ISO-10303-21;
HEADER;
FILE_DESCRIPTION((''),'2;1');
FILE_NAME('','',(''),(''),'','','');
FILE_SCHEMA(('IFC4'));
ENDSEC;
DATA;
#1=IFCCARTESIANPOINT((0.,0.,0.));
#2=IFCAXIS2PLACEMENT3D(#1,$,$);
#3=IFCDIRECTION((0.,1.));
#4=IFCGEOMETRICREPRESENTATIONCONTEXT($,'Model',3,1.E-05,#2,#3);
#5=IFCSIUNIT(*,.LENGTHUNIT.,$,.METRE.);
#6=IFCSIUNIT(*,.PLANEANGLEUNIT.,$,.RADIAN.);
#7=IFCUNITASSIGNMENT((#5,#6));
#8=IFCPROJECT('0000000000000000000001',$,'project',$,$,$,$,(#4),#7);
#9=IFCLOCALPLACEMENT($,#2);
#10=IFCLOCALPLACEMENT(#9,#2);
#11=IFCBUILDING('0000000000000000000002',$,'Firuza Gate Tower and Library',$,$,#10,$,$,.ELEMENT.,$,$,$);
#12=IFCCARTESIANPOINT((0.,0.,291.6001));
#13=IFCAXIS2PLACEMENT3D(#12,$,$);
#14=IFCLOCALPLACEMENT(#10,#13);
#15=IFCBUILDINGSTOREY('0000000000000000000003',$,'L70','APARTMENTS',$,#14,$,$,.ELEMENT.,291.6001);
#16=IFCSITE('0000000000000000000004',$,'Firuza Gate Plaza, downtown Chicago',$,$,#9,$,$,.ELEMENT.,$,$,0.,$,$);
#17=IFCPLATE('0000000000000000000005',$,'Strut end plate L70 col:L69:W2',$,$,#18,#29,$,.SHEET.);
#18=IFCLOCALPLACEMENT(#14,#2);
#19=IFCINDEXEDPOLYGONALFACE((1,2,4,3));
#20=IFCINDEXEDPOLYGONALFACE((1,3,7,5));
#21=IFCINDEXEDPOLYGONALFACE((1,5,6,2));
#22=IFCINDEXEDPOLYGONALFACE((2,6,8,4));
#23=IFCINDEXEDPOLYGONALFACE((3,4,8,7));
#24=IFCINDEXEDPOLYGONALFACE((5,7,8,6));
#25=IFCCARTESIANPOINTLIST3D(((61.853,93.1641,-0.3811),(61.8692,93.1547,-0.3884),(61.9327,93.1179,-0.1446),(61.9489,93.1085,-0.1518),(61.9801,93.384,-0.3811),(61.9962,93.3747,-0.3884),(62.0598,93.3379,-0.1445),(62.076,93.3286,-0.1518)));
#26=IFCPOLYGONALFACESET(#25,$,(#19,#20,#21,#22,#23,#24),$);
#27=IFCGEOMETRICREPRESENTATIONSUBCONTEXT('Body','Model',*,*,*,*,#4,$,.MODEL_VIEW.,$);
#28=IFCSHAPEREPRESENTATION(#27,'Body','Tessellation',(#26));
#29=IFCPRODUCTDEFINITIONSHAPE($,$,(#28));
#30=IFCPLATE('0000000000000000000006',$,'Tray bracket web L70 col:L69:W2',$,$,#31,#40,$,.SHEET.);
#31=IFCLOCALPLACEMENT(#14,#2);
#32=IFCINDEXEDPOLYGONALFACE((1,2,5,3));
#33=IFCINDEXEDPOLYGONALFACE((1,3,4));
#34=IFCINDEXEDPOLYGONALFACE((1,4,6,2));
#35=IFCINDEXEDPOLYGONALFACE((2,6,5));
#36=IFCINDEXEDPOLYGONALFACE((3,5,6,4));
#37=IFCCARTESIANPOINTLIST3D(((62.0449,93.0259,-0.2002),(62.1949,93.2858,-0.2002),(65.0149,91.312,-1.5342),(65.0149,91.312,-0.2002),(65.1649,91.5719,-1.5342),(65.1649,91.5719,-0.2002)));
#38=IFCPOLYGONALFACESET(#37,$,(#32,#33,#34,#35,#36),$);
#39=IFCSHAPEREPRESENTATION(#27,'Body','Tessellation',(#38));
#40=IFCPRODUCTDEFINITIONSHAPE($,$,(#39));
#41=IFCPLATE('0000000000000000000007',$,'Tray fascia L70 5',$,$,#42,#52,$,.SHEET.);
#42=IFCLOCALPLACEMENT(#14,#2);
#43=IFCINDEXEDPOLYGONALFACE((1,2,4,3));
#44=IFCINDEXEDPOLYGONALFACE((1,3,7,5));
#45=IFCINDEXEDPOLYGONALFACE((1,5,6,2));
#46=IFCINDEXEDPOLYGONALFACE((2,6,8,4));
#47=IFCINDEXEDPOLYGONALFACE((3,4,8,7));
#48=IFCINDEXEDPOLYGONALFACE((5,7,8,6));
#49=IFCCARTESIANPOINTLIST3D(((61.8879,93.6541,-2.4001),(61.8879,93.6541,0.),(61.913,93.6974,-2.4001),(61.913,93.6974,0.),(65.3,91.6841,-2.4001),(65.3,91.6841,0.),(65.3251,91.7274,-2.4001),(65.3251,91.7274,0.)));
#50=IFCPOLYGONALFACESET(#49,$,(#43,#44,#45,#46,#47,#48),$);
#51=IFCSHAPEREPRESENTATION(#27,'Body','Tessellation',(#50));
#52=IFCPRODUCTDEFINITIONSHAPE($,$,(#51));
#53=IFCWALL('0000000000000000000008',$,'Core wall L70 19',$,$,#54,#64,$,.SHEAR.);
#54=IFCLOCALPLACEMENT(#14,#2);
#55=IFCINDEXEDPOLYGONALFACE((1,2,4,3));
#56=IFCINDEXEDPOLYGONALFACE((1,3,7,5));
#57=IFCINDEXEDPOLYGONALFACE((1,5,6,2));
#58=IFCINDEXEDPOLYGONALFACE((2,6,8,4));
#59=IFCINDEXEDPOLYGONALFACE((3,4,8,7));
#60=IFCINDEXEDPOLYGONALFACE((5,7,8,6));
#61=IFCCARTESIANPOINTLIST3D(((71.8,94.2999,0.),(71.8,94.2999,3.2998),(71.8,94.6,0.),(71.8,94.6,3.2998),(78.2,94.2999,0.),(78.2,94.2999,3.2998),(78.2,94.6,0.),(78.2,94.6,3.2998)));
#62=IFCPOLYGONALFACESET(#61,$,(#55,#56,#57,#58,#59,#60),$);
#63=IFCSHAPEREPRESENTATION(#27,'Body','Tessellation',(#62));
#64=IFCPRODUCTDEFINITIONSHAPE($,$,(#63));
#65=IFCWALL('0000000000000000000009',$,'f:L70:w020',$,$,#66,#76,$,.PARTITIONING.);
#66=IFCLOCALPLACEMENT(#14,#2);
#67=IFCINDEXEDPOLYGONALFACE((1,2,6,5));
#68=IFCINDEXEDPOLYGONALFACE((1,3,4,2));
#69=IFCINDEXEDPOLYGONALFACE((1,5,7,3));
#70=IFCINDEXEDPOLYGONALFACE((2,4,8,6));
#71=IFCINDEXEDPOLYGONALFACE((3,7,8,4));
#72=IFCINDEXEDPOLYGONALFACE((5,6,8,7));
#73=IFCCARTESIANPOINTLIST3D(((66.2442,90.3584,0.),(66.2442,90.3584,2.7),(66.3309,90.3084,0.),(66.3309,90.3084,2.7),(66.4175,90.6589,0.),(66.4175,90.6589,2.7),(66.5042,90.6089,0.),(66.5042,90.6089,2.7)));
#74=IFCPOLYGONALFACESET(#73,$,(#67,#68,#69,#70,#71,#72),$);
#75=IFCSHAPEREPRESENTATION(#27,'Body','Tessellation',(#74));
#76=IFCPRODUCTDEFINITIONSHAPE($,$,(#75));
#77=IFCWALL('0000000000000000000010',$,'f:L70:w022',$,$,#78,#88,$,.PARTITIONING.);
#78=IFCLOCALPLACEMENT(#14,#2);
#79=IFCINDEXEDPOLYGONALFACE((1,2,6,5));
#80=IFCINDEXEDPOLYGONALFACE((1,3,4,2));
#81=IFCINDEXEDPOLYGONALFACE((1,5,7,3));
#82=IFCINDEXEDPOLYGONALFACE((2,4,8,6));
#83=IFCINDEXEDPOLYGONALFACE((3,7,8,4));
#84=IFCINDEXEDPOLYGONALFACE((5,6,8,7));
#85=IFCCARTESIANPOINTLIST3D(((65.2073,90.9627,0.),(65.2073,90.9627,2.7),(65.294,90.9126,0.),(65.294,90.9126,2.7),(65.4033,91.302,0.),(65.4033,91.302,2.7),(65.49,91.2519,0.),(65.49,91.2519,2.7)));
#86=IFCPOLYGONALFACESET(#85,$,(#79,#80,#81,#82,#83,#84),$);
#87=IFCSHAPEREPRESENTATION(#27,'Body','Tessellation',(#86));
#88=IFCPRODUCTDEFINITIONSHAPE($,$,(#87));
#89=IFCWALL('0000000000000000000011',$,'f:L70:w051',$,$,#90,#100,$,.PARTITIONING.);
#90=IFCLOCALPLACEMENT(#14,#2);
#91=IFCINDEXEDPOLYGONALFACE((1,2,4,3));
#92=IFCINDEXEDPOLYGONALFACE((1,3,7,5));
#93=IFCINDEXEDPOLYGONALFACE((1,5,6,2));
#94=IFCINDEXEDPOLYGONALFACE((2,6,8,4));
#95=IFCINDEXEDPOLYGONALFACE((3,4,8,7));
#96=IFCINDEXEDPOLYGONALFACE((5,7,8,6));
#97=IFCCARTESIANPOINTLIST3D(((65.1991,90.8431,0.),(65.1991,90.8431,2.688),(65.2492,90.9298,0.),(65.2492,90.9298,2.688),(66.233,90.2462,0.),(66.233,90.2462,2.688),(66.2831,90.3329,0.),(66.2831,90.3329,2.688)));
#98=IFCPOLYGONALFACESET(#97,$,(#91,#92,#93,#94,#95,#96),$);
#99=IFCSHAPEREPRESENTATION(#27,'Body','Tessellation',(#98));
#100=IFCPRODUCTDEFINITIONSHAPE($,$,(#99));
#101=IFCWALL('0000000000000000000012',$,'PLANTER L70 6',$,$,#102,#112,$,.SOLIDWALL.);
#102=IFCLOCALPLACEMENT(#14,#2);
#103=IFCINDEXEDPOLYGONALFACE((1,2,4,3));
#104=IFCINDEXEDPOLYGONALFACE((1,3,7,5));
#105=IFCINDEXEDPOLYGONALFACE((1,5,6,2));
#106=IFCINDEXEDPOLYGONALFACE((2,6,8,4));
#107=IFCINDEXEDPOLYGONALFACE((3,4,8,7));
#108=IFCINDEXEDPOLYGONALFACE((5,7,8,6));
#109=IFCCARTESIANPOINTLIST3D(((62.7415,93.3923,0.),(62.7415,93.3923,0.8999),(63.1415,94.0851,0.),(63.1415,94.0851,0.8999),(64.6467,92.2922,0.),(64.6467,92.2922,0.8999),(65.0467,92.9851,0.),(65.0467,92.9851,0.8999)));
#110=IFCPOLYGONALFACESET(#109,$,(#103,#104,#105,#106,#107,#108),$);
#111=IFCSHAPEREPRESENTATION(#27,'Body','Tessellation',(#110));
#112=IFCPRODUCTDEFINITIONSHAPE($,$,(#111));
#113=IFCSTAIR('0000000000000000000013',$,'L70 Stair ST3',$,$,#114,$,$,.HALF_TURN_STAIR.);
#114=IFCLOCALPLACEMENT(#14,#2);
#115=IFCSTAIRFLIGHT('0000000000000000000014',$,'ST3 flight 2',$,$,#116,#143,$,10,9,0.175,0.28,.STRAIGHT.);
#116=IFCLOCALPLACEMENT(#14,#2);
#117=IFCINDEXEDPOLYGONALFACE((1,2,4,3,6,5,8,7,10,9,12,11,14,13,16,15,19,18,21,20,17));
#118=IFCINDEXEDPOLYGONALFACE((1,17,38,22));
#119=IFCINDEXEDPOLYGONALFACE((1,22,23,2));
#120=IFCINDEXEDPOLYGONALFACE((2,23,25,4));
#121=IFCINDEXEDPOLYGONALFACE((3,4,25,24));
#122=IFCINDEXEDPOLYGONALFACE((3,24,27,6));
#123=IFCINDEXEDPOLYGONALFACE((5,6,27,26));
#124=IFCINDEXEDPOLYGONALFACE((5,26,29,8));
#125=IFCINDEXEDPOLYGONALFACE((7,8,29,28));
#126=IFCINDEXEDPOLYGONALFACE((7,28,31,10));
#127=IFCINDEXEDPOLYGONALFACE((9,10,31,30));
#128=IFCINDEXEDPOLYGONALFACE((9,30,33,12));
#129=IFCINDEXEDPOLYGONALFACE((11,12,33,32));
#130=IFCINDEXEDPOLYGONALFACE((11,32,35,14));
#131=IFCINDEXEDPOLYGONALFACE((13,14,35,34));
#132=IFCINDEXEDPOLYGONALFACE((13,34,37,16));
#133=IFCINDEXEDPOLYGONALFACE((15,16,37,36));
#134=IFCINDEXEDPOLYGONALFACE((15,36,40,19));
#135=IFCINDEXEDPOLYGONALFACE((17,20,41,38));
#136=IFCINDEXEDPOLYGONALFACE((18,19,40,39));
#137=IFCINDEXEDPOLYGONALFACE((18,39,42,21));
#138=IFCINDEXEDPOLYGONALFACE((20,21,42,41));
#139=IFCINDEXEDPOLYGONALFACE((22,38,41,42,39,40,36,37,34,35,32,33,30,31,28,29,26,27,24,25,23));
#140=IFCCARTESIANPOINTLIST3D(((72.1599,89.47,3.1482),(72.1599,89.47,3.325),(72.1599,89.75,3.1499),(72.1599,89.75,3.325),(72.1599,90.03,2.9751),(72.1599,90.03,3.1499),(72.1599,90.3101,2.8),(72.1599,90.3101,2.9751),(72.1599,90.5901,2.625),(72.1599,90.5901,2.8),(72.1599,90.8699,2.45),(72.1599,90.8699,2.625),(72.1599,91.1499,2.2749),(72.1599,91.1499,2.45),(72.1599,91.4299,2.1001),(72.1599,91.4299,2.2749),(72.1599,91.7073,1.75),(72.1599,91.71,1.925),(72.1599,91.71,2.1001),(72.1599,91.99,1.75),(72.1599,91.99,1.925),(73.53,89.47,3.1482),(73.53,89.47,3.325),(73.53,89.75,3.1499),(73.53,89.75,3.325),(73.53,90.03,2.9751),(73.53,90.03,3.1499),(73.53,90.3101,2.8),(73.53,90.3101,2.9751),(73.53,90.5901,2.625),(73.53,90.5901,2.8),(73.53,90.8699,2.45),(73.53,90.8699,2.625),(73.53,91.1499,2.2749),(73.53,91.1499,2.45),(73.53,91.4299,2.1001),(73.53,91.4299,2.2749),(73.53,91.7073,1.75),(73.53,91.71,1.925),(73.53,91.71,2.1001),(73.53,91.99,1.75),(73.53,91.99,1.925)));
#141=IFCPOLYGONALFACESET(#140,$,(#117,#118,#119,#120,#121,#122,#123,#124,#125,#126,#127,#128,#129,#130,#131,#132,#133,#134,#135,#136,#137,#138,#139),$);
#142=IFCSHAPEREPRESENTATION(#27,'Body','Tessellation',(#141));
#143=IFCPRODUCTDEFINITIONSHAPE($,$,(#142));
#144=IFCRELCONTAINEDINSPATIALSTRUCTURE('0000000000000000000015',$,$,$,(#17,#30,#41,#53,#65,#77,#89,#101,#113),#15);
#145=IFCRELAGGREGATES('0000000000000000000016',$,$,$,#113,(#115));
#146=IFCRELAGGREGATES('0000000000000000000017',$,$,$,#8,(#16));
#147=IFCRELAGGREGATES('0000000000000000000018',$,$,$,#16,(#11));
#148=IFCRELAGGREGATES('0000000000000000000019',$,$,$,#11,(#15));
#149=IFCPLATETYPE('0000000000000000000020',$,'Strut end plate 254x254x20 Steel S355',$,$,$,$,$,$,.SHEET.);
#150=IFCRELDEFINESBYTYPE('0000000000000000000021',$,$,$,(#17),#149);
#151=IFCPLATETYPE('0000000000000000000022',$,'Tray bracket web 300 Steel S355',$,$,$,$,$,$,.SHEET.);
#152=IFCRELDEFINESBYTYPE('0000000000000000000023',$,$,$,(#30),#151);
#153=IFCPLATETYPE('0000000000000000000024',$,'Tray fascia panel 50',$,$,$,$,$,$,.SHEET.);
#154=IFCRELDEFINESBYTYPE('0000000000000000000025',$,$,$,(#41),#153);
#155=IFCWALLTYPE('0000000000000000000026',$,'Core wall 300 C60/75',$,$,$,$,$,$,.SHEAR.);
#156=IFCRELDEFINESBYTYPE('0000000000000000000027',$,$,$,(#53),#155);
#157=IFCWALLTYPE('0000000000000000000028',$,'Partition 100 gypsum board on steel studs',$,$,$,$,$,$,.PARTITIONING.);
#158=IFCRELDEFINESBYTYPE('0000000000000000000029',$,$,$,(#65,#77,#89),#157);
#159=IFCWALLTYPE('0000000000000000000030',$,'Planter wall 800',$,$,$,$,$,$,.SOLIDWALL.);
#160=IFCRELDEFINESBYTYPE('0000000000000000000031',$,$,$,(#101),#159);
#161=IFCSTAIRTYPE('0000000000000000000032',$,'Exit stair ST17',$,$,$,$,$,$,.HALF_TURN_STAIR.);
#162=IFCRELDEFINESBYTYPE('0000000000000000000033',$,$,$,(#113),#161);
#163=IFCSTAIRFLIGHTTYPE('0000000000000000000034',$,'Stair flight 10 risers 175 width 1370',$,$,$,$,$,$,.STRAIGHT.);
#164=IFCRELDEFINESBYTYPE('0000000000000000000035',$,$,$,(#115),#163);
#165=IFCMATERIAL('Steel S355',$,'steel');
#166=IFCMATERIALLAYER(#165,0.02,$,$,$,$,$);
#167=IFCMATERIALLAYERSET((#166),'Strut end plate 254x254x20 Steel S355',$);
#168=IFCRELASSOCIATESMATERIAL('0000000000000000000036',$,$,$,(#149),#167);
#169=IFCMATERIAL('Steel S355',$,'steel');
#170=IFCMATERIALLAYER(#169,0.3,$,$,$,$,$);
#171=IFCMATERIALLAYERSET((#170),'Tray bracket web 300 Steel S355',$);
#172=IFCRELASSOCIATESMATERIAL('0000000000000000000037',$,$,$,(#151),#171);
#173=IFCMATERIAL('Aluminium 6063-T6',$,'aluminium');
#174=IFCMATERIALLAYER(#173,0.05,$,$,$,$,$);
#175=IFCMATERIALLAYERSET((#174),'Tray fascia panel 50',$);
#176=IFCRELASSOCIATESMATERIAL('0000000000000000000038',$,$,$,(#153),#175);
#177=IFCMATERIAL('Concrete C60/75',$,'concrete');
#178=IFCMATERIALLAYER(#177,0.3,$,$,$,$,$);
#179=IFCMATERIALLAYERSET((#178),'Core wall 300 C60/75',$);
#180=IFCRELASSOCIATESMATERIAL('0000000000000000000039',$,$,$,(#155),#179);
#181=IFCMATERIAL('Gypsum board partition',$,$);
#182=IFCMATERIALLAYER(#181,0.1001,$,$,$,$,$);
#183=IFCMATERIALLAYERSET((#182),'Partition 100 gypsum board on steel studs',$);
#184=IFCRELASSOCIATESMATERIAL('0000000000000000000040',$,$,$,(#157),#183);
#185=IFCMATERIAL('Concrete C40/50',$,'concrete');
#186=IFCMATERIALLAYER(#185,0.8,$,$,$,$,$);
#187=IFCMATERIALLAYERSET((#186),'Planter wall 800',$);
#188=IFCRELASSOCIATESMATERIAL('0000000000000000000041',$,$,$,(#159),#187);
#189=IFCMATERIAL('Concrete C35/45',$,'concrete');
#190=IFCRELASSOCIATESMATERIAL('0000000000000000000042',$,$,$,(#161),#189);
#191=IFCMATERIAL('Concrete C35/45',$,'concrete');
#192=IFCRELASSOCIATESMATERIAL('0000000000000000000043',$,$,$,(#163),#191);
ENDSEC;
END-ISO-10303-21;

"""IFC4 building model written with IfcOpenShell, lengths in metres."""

from ifc_helpers import new_model, si_unit, direction, frame, frame_2d, origin, place, context, subcontext, project, spatial, polyline, rectangle, outline, extrude, material, layer, layer_set, type_object, element, aggregate, save


model = new_model("IFC4")

# Units and contexts
model_context = context("Model", 3, precision=1e-05, world=origin(), true_north=direction((0.0, 1.0)))
body_context = subcontext(model_context, "Body", "Model", "MODEL_VIEW")
ifc_project = project(units=[si_unit("LENGTHUNIT", "METRE"), si_unit("PLANEANGLEUNIT", "RADIAN")], contexts=[model_context])

# Site, building, storey
site_placement = place(None, origin())
site = spatial("IfcSite", under=ifc_project, at=site_placement, Name="Firuza Gate Plaza, downtown Chicago", CompositionType="ELEMENT", RefElevation=0.0)
building_placement = place(site_placement, origin())
building = spatial("IfcBuilding", under=site, at=building_placement, Name="Firuza Gate Tower and Library", CompositionType="ELEMENT")
storey_placement = place(building_placement, frame((0.0, 0.0, 291.6001)))
storey = spatial("IfcBuildingStorey", under=building, at=storey_placement, Name="L70", Description="APARTMENTS", CompositionType="ELEMENT", Elevation=291.6001)

# Shared definitions
placement = place(storey_placement, origin())

# Plates
ifc_material_1 = material(Name="Steel S355", Category="steel")
ifc_layer_1 = layer(ifc_material_1, 0.02)
ifc_layer_set_1 = layer_set([ifc_layer_1], Name="Strut end plate 254x254x20 Steel S355")
plate_type_1 = type_object("IfcPlateType", Name="Strut end plate 254x254x20 Steel S355", PredefinedType="SHEET", material=ifc_layer_set_1)
plate_1_placement = place(storey_placement, frame((62.0598, 93.3379, -0.1445), z_axis=(-0.806901, 0.46614, 0.3628), x_axis=(-0.500269, -0.86587, -0.000141)))
element("IfcPlate", 1, at=plate_1_placement, inside=storey, type_object=plate_type_1, Name="Strut end plate L70 col:L69:W2", PredefinedType="SHEET", context=body_context, shape_type="SweptSolid", body=[
    extrude(outline(polyline([(0.0, 0.0), (0.2541, 0.0), (0.254, -0.2538), (0.0, -0.2539), (0.0, 0.0)])), origin(), (0.0, 0.0, -1.0), 0.02),
])
ifc_material_2 = material(Name="Steel S355", Category="steel")
ifc_layer_2 = layer(ifc_material_2, 0.3)
ifc_layer_set_2 = layer_set([ifc_layer_2], Name="Tray bracket web 300 Steel S355")
plate_type_2 = type_object("IfcPlateType", Name="Tray bracket web 300 Steel S355", PredefinedType="SHEET", material=ifc_layer_set_2)
plate_2_placement = place(storey_placement, frame((65.0149, 91.312, -0.2002), z_axis=(-0.499815, -0.866132, 0.0), x_axis=(-0.866132, 0.499815, 0.0)))
element("IfcPlate", 2, at=plate_2_placement, inside=storey, type_object=plate_type_2, Name="Tray bracket web L70 col:L69:W2", PredefinedType="SHEET", context=body_context, shape_type="SweptSolid", body=[
    extrude(outline(polyline([(0.0, 0.0), (3.429, 0.0), (0.0, 1.334), (0.0, 0.0)])), origin(), (0.0, 0.0, -1.0), 0.3),
])
ifc_material_3 = material(Name="Aluminium 6063-T6", Category="aluminium")
ifc_layer_3 = layer(ifc_material_3, 0.05)
ifc_layer_set_3 = layer_set([ifc_layer_3], Name="Tray fascia panel 50")
plate_type_3 = type_object("IfcPlateType", Name="Tray fascia panel 50", PredefinedType="SHEET", material=ifc_layer_set_3)
plate_3_placement = place(storey_placement, frame((61.8879, 93.6541, -2.4001), z_axis=(-0.499998, -0.866027, 0.0), x_axis=(0.866027, -0.499998, 0.0)))
element("IfcPlate", 3, at=plate_3_placement, inside=storey, type_object=plate_type_3, Name="Tray fascia L70 5", PredefinedType="SHEET", context=body_context, shape_type="SweptSolid", body=[
    extrude(outline(polyline([(0.0, 0.0), (3.94, 0.0), (3.94, 2.4001), (0.0, 2.4001), (0.0, 0.0)])), origin(), (0.0, 0.0, -1.0), 0.05),
])

# Walls
ifc_material_4 = material(Name="Concrete C60/75", Category="concrete")
ifc_layer_4 = layer(ifc_material_4, 0.3)
ifc_layer_set_4 = layer_set([ifc_layer_4], Name="Core wall 300 C60/75")
wall_type_1 = type_object("IfcWallType", Name="Core wall 300 C60/75", PredefinedType="SHEAR", material=ifc_layer_set_4)
wall_1_placement = place(storey_placement, frame((71.8, 94.45, 0.0), z_axis=(0.0, 0.0, 1.0), x_axis=(1.0, 0.0, 0.0)))
element("IfcWall", 4, at=wall_1_placement, inside=storey, type_object=wall_type_1, Name="Core wall L70 19", PredefinedType="SHEAR", context=body_context, shape_type="SweptSolid", body=[
    extrude(rectangle(XDim=6.3999, YDim=0.3, at=frame_2d((3.2, 0.0))), origin(), (0.0, 0.0, 1.0), 3.2998),
])
ifc_material_5 = material(Name="Gypsum board partition")
ifc_layer_5 = layer(ifc_material_5, 0.1001)
ifc_layer_set_5 = layer_set([ifc_layer_5], Name="Partition 100 gypsum board on steel studs")
wall_type_2 = type_object("IfcWallType", Name="Partition 100 gypsum board on steel studs", PredefinedType="PARTITIONING", material=ifc_layer_set_5)
wall_2_placement = place(storey_placement, frame((66.2876, 90.3335, 0.0), z_axis=(0.0, 0.0, 1.0), x_axis=(0.499621, 0.866244, 0.0)))
element("IfcWall", 5, at=wall_2_placement, inside=storey, type_object=wall_type_2, Name="f:L70:w020", PredefinedType="PARTITIONING", context=body_context, shape_type="SweptSolid", body=[
    extrude(rectangle(XDim=0.3469, YDim=0.1001, at=frame_2d((0.1733, 0.0))), origin(), (0.0, 0.0, 1.0), 2.7),
])
wall_3_placement = place(storey_placement, frame((65.2507, 90.9377, 0.0), z_axis=(0.0, 0.0, 1.0), x_axis=(0.500226, 0.865895, 0.0)))
element("IfcWall", 6, at=wall_3_placement, inside=storey, type_object=wall_type_2, Name="f:L70:w022", PredefinedType="PARTITIONING", context=body_context, shape_type="SweptSolid", body=[
    extrude(rectangle(XDim=0.3918, YDim=0.1001, at=frame_2d((0.1958, 0.0))), origin(), (0.0, 0.0, 1.0), 2.7),
])
wall_4_placement = place(storey_placement, frame((66.2581, 90.2896, 0.0), z_axis=(0.0, 0.0, 1.0), x_axis=(-0.866032, 0.499988, 0.0)))
element("IfcWall", 7, at=wall_4_placement, inside=storey, type_object=wall_type_2, Name="f:L70:w051", PredefinedType="PARTITIONING", context=body_context, shape_type="SweptSolid", body=[
    extrude(rectangle(XDim=1.1938, YDim=0.1001, at=frame_2d((0.5969, 0.0))), origin(), (0.0, 0.0, 1.0), 2.688),
])
ifc_material_6 = material(Name="Concrete C40/50", Category="concrete")
ifc_layer_6 = layer(ifc_material_6, 0.8)
ifc_layer_set_6 = layer_set([ifc_layer_6], Name="Planter wall 800")
wall_type_3 = type_object("IfcWallType", Name="Planter wall 800", PredefinedType="SOLIDWALL", material=ifc_layer_set_6)
wall_5_placement = place(storey_placement, frame((62.9414, 93.7388, 0.0), z_axis=(0.0, 0.0, 1.0), x_axis=(0.866008, -0.50003, 0.0)))
element("IfcWall", 8, at=wall_5_placement, inside=storey, type_object=wall_type_3, Name="PLANTER L70 6", PredefinedType="SOLIDWALL", context=body_context, shape_type="SweptSolid", body=[
    extrude(rectangle(XDim=2.2, YDim=0.8, at=frame_2d((1.1001, 0.0))), origin(), (0.0, 0.0, 1.0), 0.8999),
])

# Stair, stair flight
ifc_material_7 = material(Name="Concrete C35/45", Category="concrete")
stair_type = type_object("IfcStairType", Name="Exit stair ST17", PredefinedType="HALF_TURN_STAIR", material=ifc_material_7)
stair = element("IfcStair", 9, at=placement, inside=storey, type_object=stair_type, Name="L70 Stair ST3", PredefinedType="HALF_TURN_STAIR")
ifc_material_8 = material(Name="Concrete C35/45", Category="concrete")
stair_flight_type = type_object("IfcStairFlightType", Name="Stair flight 10 risers 175 width 1370", PredefinedType="STRAIGHT", material=ifc_material_8)
stair_flight_placement = place(storey_placement, frame((72.845, 91.99, 1.75), z_axis=(0.0, 0.0, 1.0), x_axis=(0.0, -1.0, 0.0)))
stair_flight = element("IfcStairFlight", 10, at=stair_flight_placement, type_object=stair_flight_type, Name="ST3 flight 2", NumberOfRisers=10, NumberOfTreads=9, PredefinedType="STRAIGHT", RiserHeight=0.175, TreadLength=0.28, context=body_context, shape_type="SweptSolid", body=[
    extrude(outline(polyline([(0.0, 0.0), (0.0, 0.175), (0.28, 0.175), (0.28, 0.3501), (0.5601, 0.3501), (0.5601, 0.5249), (0.8401, 0.5249), (0.8401, 0.7), (1.1201, 0.7), (1.1201, 0.875), (1.3999, 0.875), (1.3999, 1.05), (1.6799, 1.05), (1.6799, 1.2251), (1.96, 1.2251), (1.96, 1.3999), (2.24, 1.3999), (2.24, 1.575), (2.52, 1.575), (2.52, 1.75), (2.52, 1.3982), (0.2827, 0.0), (0.0, 0.0)])), frame((0.0, 0.6851, 0.0), z_axis=(0.0, -1.0, 0.0), x_axis=(1.0, 0.0, 0.0)), (0.0, 0.0, 1.0), 1.3701),
])
aggregate(stair, [stair_flight])

save(model, "model.ifc")
